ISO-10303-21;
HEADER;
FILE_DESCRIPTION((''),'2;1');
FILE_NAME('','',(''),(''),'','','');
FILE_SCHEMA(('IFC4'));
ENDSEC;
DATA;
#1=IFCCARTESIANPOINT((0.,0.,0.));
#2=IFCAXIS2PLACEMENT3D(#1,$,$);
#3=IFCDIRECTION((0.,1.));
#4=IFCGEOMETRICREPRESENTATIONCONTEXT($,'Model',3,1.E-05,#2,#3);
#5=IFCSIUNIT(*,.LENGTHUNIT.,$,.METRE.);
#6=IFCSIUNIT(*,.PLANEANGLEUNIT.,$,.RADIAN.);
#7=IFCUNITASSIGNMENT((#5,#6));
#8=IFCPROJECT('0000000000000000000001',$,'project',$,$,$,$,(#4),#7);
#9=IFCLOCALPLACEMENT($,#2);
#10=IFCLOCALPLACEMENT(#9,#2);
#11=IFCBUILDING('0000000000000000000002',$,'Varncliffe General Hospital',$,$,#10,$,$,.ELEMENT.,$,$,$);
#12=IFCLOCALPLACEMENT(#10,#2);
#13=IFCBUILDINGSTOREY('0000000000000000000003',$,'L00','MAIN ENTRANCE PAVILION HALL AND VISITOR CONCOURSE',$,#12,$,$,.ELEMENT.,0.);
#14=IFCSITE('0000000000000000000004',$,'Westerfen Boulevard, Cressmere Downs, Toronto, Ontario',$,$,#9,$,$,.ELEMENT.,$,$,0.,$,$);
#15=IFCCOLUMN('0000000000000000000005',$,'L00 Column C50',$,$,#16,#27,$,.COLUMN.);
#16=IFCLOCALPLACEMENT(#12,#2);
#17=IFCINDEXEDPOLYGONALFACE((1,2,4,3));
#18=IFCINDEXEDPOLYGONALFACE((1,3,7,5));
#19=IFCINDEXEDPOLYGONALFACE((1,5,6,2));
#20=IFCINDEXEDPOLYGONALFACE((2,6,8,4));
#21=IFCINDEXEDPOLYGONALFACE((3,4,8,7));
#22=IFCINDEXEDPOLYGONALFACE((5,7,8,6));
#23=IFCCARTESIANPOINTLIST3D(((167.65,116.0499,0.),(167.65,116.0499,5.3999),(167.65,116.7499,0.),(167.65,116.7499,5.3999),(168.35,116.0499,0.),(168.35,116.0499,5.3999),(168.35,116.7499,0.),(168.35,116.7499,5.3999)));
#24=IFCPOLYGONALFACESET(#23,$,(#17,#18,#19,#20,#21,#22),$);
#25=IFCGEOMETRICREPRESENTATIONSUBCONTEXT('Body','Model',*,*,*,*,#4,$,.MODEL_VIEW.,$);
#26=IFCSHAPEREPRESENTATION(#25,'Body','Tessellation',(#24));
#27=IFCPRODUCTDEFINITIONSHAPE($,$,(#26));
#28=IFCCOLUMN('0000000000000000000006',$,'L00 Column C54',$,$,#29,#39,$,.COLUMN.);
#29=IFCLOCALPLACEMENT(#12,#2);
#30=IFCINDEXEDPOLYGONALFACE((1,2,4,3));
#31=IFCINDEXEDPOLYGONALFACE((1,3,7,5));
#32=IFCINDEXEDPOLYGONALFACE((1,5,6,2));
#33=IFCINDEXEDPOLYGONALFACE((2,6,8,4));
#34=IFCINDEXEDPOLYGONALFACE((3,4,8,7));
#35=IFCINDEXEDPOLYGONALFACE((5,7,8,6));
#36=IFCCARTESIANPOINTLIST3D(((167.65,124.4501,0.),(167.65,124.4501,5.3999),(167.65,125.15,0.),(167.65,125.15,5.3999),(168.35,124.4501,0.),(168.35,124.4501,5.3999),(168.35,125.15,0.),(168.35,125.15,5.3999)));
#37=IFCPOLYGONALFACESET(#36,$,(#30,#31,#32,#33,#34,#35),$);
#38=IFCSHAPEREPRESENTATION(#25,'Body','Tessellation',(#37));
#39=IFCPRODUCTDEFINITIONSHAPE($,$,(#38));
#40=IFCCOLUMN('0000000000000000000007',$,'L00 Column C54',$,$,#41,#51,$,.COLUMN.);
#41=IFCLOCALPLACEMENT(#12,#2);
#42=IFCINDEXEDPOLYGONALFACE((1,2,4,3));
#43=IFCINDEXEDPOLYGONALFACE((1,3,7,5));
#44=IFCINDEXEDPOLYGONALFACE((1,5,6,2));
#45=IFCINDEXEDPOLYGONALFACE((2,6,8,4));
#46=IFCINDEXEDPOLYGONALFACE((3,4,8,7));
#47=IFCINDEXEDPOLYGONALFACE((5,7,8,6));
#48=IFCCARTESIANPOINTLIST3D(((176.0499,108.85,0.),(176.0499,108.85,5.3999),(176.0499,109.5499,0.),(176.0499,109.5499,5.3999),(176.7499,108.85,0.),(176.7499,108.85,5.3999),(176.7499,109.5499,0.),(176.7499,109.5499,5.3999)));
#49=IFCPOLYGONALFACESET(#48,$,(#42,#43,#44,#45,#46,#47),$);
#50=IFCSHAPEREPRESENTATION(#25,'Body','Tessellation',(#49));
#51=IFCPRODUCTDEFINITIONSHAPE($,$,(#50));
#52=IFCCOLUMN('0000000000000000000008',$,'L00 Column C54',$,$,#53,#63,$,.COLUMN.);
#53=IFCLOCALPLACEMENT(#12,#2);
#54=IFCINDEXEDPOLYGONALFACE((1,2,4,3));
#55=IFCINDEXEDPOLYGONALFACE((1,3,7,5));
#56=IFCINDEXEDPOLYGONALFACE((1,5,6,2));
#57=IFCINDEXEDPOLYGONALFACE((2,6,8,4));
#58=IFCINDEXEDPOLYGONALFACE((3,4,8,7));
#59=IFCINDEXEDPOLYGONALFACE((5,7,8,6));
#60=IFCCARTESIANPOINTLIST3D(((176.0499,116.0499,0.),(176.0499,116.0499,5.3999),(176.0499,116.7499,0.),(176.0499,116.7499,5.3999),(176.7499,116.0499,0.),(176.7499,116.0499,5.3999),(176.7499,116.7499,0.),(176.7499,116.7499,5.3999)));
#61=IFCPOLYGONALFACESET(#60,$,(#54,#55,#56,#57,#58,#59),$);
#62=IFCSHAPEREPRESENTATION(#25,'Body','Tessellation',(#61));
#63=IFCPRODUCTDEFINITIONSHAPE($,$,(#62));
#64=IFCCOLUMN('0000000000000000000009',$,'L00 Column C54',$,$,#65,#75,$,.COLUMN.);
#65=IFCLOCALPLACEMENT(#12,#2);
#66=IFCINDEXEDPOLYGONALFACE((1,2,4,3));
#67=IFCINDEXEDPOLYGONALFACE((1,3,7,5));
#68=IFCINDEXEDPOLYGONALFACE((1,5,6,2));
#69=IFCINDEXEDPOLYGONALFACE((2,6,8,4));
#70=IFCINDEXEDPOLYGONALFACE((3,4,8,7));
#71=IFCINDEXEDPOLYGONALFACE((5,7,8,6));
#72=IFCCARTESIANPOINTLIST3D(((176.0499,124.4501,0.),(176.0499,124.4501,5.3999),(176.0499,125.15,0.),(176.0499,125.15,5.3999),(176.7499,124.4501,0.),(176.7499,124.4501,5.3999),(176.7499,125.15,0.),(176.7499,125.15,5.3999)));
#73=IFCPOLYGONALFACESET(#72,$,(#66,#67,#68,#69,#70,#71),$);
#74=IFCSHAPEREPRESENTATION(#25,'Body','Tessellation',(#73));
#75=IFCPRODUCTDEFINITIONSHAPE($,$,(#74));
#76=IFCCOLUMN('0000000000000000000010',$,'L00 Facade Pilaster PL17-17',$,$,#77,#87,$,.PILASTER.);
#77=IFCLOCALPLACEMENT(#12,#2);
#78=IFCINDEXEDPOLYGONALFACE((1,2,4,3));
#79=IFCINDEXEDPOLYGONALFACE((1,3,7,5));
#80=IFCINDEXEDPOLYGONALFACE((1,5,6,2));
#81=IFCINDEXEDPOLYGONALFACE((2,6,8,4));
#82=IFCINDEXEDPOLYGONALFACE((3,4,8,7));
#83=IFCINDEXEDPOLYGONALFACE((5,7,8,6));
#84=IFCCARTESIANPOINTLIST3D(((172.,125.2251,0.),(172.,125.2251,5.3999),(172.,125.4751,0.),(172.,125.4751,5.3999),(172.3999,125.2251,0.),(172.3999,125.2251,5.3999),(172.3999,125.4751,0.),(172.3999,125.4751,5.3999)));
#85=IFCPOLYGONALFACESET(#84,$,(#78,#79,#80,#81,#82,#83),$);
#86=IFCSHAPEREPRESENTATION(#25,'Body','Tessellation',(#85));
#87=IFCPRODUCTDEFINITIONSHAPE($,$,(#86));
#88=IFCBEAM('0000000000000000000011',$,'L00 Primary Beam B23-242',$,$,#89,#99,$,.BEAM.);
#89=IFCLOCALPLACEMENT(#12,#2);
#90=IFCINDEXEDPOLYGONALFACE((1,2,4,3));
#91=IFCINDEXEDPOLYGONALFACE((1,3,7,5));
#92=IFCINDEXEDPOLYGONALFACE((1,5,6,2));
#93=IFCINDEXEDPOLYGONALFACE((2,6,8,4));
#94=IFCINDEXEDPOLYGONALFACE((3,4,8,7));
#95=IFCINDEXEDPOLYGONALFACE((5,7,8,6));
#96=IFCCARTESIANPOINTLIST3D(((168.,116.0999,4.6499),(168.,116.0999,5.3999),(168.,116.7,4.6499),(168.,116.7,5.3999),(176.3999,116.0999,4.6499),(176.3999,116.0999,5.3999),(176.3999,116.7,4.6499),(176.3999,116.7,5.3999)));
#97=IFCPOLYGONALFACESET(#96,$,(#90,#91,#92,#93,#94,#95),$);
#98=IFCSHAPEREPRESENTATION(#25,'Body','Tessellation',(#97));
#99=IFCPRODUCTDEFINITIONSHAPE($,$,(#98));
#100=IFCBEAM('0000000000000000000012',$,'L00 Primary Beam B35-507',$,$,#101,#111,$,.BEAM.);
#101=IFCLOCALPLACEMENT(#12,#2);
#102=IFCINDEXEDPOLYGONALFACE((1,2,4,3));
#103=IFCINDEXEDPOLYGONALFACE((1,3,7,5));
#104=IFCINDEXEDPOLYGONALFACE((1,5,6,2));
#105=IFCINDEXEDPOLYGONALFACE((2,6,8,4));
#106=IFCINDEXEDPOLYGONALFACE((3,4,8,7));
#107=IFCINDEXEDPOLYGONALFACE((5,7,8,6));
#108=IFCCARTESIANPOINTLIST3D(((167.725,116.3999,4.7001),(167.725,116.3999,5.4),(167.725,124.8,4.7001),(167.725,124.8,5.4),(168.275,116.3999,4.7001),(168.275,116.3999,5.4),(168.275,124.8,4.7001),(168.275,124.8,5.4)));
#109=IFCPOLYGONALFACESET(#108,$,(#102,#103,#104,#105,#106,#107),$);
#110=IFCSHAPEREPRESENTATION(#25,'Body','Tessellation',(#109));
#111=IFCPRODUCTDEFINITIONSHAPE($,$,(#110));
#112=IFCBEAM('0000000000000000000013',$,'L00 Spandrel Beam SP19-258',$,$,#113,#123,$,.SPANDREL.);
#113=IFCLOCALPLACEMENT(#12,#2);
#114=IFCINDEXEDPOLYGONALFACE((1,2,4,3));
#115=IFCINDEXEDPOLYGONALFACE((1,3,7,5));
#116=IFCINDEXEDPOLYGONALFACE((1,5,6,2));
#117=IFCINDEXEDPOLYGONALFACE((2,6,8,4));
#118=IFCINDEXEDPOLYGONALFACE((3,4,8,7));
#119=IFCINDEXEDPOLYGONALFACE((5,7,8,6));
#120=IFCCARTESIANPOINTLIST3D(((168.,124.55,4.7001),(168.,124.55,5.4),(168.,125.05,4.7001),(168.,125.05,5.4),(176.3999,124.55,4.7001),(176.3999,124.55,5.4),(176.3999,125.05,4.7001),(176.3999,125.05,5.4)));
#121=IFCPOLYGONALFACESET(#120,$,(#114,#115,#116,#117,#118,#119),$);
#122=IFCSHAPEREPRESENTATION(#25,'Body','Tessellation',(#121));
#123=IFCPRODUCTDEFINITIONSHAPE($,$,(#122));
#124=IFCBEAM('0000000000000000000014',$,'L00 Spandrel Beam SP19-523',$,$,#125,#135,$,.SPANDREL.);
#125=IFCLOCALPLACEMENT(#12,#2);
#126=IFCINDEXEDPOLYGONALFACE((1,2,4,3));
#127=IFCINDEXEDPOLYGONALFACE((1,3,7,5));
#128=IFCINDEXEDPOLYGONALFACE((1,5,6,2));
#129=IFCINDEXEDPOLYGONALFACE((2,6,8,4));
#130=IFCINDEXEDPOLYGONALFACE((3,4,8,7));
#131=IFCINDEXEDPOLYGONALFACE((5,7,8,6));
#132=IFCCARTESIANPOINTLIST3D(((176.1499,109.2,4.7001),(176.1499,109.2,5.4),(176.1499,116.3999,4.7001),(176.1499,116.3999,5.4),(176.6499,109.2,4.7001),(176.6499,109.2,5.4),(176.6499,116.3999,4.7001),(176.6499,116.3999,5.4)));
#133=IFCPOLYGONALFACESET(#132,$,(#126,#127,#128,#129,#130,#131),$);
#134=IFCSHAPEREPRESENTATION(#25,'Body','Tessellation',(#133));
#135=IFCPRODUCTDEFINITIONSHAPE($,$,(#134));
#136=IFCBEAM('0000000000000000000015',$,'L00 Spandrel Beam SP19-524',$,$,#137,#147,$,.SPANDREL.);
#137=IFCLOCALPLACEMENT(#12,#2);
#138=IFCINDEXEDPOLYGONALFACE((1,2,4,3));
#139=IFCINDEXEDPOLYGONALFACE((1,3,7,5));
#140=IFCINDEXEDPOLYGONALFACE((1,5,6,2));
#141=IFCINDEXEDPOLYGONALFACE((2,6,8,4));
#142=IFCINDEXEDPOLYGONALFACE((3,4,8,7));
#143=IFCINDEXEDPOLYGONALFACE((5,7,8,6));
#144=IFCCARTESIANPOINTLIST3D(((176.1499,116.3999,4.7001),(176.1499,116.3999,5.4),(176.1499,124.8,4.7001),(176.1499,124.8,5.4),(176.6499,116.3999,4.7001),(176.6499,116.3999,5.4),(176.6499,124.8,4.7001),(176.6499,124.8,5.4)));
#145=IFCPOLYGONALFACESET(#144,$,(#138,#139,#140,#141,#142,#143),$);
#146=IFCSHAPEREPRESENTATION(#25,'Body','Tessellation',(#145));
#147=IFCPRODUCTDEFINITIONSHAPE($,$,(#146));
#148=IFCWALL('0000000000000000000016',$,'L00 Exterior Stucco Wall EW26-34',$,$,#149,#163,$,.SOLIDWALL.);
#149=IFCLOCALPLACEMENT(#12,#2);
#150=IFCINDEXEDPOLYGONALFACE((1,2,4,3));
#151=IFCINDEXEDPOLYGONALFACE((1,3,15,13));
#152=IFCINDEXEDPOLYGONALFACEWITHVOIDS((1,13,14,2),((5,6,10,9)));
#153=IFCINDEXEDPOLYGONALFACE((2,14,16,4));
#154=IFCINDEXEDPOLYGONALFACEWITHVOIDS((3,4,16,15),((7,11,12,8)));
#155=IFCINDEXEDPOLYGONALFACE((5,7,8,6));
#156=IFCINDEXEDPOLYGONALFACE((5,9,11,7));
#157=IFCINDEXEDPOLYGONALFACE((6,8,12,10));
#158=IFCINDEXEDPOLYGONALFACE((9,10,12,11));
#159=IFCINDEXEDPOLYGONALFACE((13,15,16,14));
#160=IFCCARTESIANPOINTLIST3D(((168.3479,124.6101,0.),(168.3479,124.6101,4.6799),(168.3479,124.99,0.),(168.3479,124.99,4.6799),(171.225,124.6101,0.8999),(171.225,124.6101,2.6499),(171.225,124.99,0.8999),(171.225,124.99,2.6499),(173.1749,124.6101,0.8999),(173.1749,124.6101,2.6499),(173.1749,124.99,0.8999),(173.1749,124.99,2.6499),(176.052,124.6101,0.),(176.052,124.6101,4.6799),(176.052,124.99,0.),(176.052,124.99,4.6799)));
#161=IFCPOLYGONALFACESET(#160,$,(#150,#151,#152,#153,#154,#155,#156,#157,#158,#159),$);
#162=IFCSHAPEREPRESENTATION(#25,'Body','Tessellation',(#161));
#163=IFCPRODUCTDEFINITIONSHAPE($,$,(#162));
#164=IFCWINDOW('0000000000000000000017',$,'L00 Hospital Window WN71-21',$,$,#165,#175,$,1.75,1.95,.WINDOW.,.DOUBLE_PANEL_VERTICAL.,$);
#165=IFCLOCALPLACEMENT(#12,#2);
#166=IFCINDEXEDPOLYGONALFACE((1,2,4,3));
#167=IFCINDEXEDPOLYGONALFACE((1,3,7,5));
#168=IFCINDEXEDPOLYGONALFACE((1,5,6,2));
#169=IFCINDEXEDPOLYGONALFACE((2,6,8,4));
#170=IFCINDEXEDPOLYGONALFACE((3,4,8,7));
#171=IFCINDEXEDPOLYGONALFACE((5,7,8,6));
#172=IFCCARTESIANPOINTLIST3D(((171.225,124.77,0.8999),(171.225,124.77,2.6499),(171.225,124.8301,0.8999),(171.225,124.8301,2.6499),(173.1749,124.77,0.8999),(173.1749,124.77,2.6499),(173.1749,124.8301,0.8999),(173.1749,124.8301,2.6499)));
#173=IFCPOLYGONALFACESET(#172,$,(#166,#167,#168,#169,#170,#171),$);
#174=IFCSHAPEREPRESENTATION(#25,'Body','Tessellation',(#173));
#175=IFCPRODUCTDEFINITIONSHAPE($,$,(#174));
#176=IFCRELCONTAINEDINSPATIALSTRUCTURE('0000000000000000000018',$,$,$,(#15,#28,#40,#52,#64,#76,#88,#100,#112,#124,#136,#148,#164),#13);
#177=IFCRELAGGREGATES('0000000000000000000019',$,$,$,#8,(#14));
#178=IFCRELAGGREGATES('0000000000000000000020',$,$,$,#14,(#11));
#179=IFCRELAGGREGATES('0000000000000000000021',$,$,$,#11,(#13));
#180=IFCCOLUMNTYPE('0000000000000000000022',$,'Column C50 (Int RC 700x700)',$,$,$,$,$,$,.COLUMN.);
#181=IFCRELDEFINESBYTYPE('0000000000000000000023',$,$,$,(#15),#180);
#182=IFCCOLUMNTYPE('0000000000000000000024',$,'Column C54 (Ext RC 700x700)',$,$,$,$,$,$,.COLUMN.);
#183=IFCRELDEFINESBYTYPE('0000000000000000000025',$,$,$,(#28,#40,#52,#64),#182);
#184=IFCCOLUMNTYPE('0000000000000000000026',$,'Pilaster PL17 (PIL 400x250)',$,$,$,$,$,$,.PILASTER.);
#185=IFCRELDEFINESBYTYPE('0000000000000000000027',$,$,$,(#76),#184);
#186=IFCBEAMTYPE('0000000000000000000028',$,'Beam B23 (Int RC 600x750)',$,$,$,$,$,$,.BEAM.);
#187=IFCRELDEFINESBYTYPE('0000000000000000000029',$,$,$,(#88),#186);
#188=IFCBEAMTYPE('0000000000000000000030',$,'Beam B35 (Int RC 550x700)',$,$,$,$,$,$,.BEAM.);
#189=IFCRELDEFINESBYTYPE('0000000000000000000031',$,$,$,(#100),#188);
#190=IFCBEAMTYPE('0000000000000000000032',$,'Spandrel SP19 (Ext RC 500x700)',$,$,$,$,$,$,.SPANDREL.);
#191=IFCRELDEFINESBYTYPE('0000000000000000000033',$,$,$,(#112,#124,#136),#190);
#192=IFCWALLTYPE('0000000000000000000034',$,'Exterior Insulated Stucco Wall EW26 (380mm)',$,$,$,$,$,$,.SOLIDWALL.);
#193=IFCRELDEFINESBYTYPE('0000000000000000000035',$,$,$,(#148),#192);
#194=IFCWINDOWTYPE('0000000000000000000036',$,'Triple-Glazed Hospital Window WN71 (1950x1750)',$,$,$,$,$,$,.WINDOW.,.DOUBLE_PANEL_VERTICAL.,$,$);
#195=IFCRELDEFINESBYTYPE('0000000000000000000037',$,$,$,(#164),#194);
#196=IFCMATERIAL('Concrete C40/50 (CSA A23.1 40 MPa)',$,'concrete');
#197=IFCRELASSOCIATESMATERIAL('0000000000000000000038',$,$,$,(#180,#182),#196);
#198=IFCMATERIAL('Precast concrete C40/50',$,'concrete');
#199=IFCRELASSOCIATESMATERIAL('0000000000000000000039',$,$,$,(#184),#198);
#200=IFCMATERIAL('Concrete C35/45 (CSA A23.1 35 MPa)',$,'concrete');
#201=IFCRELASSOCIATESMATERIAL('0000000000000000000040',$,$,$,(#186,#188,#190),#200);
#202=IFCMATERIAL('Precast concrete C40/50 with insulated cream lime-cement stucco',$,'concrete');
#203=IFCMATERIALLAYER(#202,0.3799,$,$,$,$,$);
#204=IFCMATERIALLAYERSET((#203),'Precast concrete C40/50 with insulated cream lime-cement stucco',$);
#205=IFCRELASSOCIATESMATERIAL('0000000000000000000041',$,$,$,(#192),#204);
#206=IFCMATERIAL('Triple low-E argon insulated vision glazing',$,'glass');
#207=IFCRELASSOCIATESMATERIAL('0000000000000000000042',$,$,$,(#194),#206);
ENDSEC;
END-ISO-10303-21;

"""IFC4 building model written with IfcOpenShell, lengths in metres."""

from ifc_helpers import new_model, si_unit, direction, frame, frame_2d, origin, origin_2d, place, context, subcontext, project, spatial, rectangle, extrude, material, layer, layer_set, material_profile, profile_set, type_object, element, fill, save


model = new_model("IFC4")

# Units and contexts
model_context = context("Model", 3, precision=1e-05, world=origin(), true_north=direction((0.0, 1.0)))
body_context = subcontext(model_context, "Body", "Model", "MODEL_VIEW")
ifc_project = project(units=[si_unit("LENGTHUNIT", "METRE"), si_unit("PLANEANGLEUNIT", "RADIAN")], contexts=[model_context])

# Site, building, storey
site_placement = place(None, origin())
site = spatial("IfcSite", under=ifc_project, at=site_placement, Name="Westerfen Boulevard, Cressmere Downs, Toronto, Ontario", CompositionType="ELEMENT", RefElevation=0.0)
building_placement = place(site_placement, origin())
building = spatial("IfcBuilding", under=site, at=building_placement, Name="Varncliffe General Hospital", CompositionType="ELEMENT")
storey_placement = place(building_placement, origin())
storey = spatial("IfcBuildingStorey", under=building, at=storey_placement, Name="L00", Description="MAIN ENTRANCE PAVILION HALL AND VISITOR CONCOURSE", CompositionType="ELEMENT", Elevation=0.0)

# Columns
ifc_material_1 = material(Name="Concrete C40/50 (CSA A23.1 40 MPa)", Category="concrete")
ifc_material_profile_1 = material_profile(ifc_material_1, rectangle(XDim=0.7, YDim=0.7, at=origin_2d()), Name="RC 700x700")
ifc_profile_set_1 = profile_set([ifc_material_profile_1], Name="Concrete C40/50 (CSA A23.1 40 MPa)")
column_type_1 = type_object("IfcColumnType", Name="Column C50 (Int RC 700x700)", PredefinedType="COLUMN", material=ifc_profile_set_1)
column_1_placement = place(storey_placement, frame((168.0, 116.3999, 0.0), z_axis=(0.0, 0.0, 1.0), x_axis=(1.0, 0.0, 0.0)))
element("IfcColumn", 1, at=column_1_placement, inside=storey, type_object=column_type_1, Name="L00 Column C50", PredefinedType="COLUMN", context=body_context, shape_type="SweptSolid", body=[
    extrude(rectangle(XDim=0.7, YDim=0.7, at=origin_2d()), origin(), (0.0, 0.0, 1.0), 5.3999),
])
ifc_material_profile_2 = material_profile(ifc_material_1, rectangle(XDim=0.7, YDim=0.7, at=origin_2d()), Name="RC 700x700")
ifc_profile_set_2 = profile_set([ifc_material_profile_2], Name="Concrete C40/50 (CSA A23.1 40 MPa)")
column_type_2 = type_object("IfcColumnType", Name="Column C54 (Ext RC 700x700)", PredefinedType="COLUMN", material=ifc_profile_set_2)
for number, where, z_axis, x_axis, name in (
    (2, (168.0, 124.8, 0.0), (0.0, 0.0, 1.0), (1.0, 0.0, 0.0), "L00 Column C54"),
    (3, (176.3999, 109.2, 0.0), (0.0, 0.0, 1.0), (1.0, 0.0, 0.0), "L00 Column C54"),
    (4, (176.3999, 116.3999, 0.0), (0.0, 0.0, 1.0), (1.0, 0.0, 0.0), "L00 Column C54"),
    (5, (176.3999, 124.8, 0.0), (0.0, 0.0, 1.0), (1.0, 0.0, 0.0), "L00 Column C54"),
):
    element("IfcColumn", number, at=place(storey_placement, frame(where, z_axis=z_axis, x_axis=x_axis)), inside=storey, type_object=column_type_2, Name=name, PredefinedType="COLUMN", context=body_context, shape_type="SweptSolid", body=[
        extrude(rectangle(XDim=0.7, YDim=0.7, at=origin_2d()), origin(), (0.0, 0.0, 1.0), 5.3999),
    ])
ifc_material_2 = material(Name="Precast concrete C40/50", Category="concrete")
ifc_material_profile_3 = material_profile(ifc_material_2, rectangle(XDim=0.3999, YDim=0.25, at=origin_2d()), Name="PIL 400x250")
ifc_profile_set_3 = profile_set([ifc_material_profile_3], Name="Precast concrete C40/50")
column_type_3 = type_object("IfcColumnType", Name="Pilaster PL17 (PIL 400x250)", PredefinedType="PILASTER", material=ifc_profile_set_3)
column_2_placement = place(storey_placement, frame((172.2, 125.3501, 0.0), z_axis=(0.0, 0.0, 1.0), x_axis=(1.0, 0.0, 0.0)))
element("IfcColumn", 6, at=column_2_placement, inside=storey, type_object=column_type_3, Name="L00 Facade Pilaster PL17-17", PredefinedType="PILASTER", context=body_context, shape_type="SweptSolid", body=[
    extrude(rectangle(XDim=0.3999, YDim=0.25, at=origin_2d()), origin(), (0.0, 0.0, 1.0), 5.3999),
])

# Beams
ifc_material_3 = material(Name="Concrete C35/45 (CSA A23.1 35 MPa)", Category="concrete")
ifc_material_profile_4 = material_profile(ifc_material_3, rectangle(XDim=0.6001, YDim=0.75, at=origin_2d()), Name="RC 600x750")
ifc_profile_set_4 = profile_set([ifc_material_profile_4], Name="Concrete C35/45 (CSA A23.1 35 MPa)")
beam_type_1 = type_object("IfcBeamType", Name="Beam B23 (Int RC 600x750)", PredefinedType="BEAM", material=ifc_profile_set_4)
beam_1_placement = place(storey_placement, frame((168.0, 116.3999, 5.0249), z_axis=(1.0, 0.0, 0.0), x_axis=(0.0, 1.0, 0.0)))
element("IfcBeam", 7, at=beam_1_placement, inside=storey, type_object=beam_type_1, Name="L00 Primary Beam B23-242", PredefinedType="BEAM", context=body_context, shape_type="SweptSolid", body=[
    extrude(rectangle(XDim=0.6001, YDim=0.75, at=origin_2d()), origin(), (0.0, 0.0, 1.0), 8.3999),
])
ifc_material_profile_5 = material_profile(ifc_material_3, rectangle(XDim=0.55, YDim=0.7, at=origin_2d()), Name="RC 550x700")
ifc_profile_set_5 = profile_set([ifc_material_profile_5], Name="Concrete C35/45 (CSA A23.1 35 MPa)")
beam_type_2 = type_object("IfcBeamType", Name="Beam B35 (Int RC 550x700)", PredefinedType="BEAM", material=ifc_profile_set_5)
beam_2_placement = place(storey_placement, frame((168.0, 116.3999, 5.05), z_axis=(0.0, 1.0, 0.0), x_axis=(-1.0, 0.0, 0.0)))
element("IfcBeam", 8, at=beam_2_placement, inside=storey, type_object=beam_type_2, Name="L00 Primary Beam B35-507", PredefinedType="BEAM", context=body_context, shape_type="SweptSolid", body=[
    extrude(rectangle(XDim=0.55, YDim=0.7, at=origin_2d()), origin(), (0.0, 0.0, 1.0), 8.4001),
])
ifc_material_profile_6 = material_profile(ifc_material_3, rectangle(XDim=0.5, YDim=0.7, at=origin_2d()), Name="RC 500x700")
ifc_profile_set_6 = profile_set([ifc_material_profile_6], Name="Concrete C35/45 (CSA A23.1 35 MPa)")
beam_type_3 = type_object("IfcBeamType", Name="Spandrel SP19 (Ext RC 500x700)", PredefinedType="SPANDREL", material=ifc_profile_set_6)
beam_3_placement = place(storey_placement, frame((168.0, 124.8, 5.05), z_axis=(1.0, 0.0, 0.0), x_axis=(0.0, 1.0, 0.0)))
element("IfcBeam", 9, at=beam_3_placement, inside=storey, type_object=beam_type_3, Name="L00 Spandrel Beam SP19-258", PredefinedType="SPANDREL", context=body_context, shape_type="SweptSolid", body=[
    extrude(rectangle(XDim=0.5, YDim=0.7, at=origin_2d()), origin(), (0.0, 0.0, 1.0), 8.3999),
])
beam_4_placement = place(storey_placement, frame((176.3999, 109.2, 5.05), z_axis=(0.0, 1.0, 0.0), x_axis=(-1.0, 0.0, 0.0)))
element("IfcBeam", 10, at=beam_4_placement, inside=storey, type_object=beam_type_3, Name="L00 Spandrel Beam SP19-523", PredefinedType="SPANDREL", context=body_context, shape_type="SweptSolid", body=[
    extrude(rectangle(XDim=0.5, YDim=0.7, at=origin_2d()), origin(), (0.0, 0.0, 1.0), 7.2),
])
beam_5_placement = place(storey_placement, frame((176.3999, 116.3999, 5.05), z_axis=(0.0, 1.0, 0.0), x_axis=(-1.0, 0.0, 0.0)))
element("IfcBeam", 11, at=beam_5_placement, inside=storey, type_object=beam_type_3, Name="L00 Spandrel Beam SP19-524", PredefinedType="SPANDREL", context=body_context, shape_type="SweptSolid", body=[
    extrude(rectangle(XDim=0.5, YDim=0.7, at=origin_2d()), origin(), (0.0, 0.0, 1.0), 8.4001),
])

# Wall, opening, window
ifc_material_4 = material(Name="Precast concrete C40/50 with insulated cream lime-cement stucco", Category="concrete")
ifc_layer_1 = layer(ifc_material_4, 0.3799)
ifc_layer_set_1 = layer_set([ifc_layer_1], Name="Precast concrete C40/50 with insulated cream lime-cement stucco")
wall_type_1 = type_object("IfcWallType", Name="Exterior Insulated Stucco Wall EW26 (380mm)", PredefinedType="SOLIDWALL", material=ifc_layer_set_1)
wall_1_placement = place(storey_placement, frame((168.3479, 124.8, 0.0), z_axis=(0.0, 0.0, 1.0), x_axis=(1.0, 0.0, 0.0)))
wall_1 = element("IfcWall", 12, at=wall_1_placement, inside=storey, type_object=wall_type_1, Name="L00 Exterior Stucco Wall EW26-34", PredefinedType="SOLIDWALL", context=body_context, shape_type="SweptSolid", body=[
    extrude(rectangle(XDim=7.7041, YDim=0.3799, at=frame_2d((3.8521, 0.0))), origin(), (0.0, 0.0, 1.0), 4.6799),
])
opening_1_placement = place(wall_1_placement, frame((2.877, 0.0, 0.8999)))
opening_1 = element("IfcOpeningElement", 13, at=opening_1_placement, cuts=wall_1, PredefinedType="OPENING", context=body_context, shape_type="SweptSolid", body=[
    extrude(rectangle(XDim=1.95, YDim=1.75, at=frame_2d((0.9751, 0.875))), frame((0.0, 0.2, 0.0), z_axis=(0.0, -1.0, 0.0), x_axis=(1.0, 0.0, 0.0)), (0.0, 0.0, 1.0), 0.3999),
])
ifc_material_5 = material(Name="Triple low-E argon insulated vision glazing", Category="glass")
window_type_1 = type_object("IfcWindowType", Name="Triple-Glazed Hospital Window WN71 (1950x1750)", PartitioningType="DOUBLE_PANEL_VERTICAL", PredefinedType="WINDOW", material=ifc_material_5)
window_1_placement = place(opening_1_placement, origin())
window_1 = element("IfcWindow", 14, at=window_1_placement, inside=storey, type_object=window_type_1, Name="L00 Hospital Window WN71-21", OverallHeight=1.75, OverallWidth=1.95, PartitioningType="DOUBLE_PANEL_VERTICAL", PredefinedType="WINDOW", context=body_context, shape_type="SweptSolid", body=[
    extrude(rectangle(XDim=1.95, YDim=1.75, at=frame_2d((0.9751, 0.875))), frame((0.0, 0.03, 0.0), z_axis=(0.0, -1.0, 0.0), x_axis=(1.0, 0.0, 0.0)), (0.0, 0.0, 1.0), 0.0601),
])
fill(opening_1, window_1)

save(model, "model.ifc")
